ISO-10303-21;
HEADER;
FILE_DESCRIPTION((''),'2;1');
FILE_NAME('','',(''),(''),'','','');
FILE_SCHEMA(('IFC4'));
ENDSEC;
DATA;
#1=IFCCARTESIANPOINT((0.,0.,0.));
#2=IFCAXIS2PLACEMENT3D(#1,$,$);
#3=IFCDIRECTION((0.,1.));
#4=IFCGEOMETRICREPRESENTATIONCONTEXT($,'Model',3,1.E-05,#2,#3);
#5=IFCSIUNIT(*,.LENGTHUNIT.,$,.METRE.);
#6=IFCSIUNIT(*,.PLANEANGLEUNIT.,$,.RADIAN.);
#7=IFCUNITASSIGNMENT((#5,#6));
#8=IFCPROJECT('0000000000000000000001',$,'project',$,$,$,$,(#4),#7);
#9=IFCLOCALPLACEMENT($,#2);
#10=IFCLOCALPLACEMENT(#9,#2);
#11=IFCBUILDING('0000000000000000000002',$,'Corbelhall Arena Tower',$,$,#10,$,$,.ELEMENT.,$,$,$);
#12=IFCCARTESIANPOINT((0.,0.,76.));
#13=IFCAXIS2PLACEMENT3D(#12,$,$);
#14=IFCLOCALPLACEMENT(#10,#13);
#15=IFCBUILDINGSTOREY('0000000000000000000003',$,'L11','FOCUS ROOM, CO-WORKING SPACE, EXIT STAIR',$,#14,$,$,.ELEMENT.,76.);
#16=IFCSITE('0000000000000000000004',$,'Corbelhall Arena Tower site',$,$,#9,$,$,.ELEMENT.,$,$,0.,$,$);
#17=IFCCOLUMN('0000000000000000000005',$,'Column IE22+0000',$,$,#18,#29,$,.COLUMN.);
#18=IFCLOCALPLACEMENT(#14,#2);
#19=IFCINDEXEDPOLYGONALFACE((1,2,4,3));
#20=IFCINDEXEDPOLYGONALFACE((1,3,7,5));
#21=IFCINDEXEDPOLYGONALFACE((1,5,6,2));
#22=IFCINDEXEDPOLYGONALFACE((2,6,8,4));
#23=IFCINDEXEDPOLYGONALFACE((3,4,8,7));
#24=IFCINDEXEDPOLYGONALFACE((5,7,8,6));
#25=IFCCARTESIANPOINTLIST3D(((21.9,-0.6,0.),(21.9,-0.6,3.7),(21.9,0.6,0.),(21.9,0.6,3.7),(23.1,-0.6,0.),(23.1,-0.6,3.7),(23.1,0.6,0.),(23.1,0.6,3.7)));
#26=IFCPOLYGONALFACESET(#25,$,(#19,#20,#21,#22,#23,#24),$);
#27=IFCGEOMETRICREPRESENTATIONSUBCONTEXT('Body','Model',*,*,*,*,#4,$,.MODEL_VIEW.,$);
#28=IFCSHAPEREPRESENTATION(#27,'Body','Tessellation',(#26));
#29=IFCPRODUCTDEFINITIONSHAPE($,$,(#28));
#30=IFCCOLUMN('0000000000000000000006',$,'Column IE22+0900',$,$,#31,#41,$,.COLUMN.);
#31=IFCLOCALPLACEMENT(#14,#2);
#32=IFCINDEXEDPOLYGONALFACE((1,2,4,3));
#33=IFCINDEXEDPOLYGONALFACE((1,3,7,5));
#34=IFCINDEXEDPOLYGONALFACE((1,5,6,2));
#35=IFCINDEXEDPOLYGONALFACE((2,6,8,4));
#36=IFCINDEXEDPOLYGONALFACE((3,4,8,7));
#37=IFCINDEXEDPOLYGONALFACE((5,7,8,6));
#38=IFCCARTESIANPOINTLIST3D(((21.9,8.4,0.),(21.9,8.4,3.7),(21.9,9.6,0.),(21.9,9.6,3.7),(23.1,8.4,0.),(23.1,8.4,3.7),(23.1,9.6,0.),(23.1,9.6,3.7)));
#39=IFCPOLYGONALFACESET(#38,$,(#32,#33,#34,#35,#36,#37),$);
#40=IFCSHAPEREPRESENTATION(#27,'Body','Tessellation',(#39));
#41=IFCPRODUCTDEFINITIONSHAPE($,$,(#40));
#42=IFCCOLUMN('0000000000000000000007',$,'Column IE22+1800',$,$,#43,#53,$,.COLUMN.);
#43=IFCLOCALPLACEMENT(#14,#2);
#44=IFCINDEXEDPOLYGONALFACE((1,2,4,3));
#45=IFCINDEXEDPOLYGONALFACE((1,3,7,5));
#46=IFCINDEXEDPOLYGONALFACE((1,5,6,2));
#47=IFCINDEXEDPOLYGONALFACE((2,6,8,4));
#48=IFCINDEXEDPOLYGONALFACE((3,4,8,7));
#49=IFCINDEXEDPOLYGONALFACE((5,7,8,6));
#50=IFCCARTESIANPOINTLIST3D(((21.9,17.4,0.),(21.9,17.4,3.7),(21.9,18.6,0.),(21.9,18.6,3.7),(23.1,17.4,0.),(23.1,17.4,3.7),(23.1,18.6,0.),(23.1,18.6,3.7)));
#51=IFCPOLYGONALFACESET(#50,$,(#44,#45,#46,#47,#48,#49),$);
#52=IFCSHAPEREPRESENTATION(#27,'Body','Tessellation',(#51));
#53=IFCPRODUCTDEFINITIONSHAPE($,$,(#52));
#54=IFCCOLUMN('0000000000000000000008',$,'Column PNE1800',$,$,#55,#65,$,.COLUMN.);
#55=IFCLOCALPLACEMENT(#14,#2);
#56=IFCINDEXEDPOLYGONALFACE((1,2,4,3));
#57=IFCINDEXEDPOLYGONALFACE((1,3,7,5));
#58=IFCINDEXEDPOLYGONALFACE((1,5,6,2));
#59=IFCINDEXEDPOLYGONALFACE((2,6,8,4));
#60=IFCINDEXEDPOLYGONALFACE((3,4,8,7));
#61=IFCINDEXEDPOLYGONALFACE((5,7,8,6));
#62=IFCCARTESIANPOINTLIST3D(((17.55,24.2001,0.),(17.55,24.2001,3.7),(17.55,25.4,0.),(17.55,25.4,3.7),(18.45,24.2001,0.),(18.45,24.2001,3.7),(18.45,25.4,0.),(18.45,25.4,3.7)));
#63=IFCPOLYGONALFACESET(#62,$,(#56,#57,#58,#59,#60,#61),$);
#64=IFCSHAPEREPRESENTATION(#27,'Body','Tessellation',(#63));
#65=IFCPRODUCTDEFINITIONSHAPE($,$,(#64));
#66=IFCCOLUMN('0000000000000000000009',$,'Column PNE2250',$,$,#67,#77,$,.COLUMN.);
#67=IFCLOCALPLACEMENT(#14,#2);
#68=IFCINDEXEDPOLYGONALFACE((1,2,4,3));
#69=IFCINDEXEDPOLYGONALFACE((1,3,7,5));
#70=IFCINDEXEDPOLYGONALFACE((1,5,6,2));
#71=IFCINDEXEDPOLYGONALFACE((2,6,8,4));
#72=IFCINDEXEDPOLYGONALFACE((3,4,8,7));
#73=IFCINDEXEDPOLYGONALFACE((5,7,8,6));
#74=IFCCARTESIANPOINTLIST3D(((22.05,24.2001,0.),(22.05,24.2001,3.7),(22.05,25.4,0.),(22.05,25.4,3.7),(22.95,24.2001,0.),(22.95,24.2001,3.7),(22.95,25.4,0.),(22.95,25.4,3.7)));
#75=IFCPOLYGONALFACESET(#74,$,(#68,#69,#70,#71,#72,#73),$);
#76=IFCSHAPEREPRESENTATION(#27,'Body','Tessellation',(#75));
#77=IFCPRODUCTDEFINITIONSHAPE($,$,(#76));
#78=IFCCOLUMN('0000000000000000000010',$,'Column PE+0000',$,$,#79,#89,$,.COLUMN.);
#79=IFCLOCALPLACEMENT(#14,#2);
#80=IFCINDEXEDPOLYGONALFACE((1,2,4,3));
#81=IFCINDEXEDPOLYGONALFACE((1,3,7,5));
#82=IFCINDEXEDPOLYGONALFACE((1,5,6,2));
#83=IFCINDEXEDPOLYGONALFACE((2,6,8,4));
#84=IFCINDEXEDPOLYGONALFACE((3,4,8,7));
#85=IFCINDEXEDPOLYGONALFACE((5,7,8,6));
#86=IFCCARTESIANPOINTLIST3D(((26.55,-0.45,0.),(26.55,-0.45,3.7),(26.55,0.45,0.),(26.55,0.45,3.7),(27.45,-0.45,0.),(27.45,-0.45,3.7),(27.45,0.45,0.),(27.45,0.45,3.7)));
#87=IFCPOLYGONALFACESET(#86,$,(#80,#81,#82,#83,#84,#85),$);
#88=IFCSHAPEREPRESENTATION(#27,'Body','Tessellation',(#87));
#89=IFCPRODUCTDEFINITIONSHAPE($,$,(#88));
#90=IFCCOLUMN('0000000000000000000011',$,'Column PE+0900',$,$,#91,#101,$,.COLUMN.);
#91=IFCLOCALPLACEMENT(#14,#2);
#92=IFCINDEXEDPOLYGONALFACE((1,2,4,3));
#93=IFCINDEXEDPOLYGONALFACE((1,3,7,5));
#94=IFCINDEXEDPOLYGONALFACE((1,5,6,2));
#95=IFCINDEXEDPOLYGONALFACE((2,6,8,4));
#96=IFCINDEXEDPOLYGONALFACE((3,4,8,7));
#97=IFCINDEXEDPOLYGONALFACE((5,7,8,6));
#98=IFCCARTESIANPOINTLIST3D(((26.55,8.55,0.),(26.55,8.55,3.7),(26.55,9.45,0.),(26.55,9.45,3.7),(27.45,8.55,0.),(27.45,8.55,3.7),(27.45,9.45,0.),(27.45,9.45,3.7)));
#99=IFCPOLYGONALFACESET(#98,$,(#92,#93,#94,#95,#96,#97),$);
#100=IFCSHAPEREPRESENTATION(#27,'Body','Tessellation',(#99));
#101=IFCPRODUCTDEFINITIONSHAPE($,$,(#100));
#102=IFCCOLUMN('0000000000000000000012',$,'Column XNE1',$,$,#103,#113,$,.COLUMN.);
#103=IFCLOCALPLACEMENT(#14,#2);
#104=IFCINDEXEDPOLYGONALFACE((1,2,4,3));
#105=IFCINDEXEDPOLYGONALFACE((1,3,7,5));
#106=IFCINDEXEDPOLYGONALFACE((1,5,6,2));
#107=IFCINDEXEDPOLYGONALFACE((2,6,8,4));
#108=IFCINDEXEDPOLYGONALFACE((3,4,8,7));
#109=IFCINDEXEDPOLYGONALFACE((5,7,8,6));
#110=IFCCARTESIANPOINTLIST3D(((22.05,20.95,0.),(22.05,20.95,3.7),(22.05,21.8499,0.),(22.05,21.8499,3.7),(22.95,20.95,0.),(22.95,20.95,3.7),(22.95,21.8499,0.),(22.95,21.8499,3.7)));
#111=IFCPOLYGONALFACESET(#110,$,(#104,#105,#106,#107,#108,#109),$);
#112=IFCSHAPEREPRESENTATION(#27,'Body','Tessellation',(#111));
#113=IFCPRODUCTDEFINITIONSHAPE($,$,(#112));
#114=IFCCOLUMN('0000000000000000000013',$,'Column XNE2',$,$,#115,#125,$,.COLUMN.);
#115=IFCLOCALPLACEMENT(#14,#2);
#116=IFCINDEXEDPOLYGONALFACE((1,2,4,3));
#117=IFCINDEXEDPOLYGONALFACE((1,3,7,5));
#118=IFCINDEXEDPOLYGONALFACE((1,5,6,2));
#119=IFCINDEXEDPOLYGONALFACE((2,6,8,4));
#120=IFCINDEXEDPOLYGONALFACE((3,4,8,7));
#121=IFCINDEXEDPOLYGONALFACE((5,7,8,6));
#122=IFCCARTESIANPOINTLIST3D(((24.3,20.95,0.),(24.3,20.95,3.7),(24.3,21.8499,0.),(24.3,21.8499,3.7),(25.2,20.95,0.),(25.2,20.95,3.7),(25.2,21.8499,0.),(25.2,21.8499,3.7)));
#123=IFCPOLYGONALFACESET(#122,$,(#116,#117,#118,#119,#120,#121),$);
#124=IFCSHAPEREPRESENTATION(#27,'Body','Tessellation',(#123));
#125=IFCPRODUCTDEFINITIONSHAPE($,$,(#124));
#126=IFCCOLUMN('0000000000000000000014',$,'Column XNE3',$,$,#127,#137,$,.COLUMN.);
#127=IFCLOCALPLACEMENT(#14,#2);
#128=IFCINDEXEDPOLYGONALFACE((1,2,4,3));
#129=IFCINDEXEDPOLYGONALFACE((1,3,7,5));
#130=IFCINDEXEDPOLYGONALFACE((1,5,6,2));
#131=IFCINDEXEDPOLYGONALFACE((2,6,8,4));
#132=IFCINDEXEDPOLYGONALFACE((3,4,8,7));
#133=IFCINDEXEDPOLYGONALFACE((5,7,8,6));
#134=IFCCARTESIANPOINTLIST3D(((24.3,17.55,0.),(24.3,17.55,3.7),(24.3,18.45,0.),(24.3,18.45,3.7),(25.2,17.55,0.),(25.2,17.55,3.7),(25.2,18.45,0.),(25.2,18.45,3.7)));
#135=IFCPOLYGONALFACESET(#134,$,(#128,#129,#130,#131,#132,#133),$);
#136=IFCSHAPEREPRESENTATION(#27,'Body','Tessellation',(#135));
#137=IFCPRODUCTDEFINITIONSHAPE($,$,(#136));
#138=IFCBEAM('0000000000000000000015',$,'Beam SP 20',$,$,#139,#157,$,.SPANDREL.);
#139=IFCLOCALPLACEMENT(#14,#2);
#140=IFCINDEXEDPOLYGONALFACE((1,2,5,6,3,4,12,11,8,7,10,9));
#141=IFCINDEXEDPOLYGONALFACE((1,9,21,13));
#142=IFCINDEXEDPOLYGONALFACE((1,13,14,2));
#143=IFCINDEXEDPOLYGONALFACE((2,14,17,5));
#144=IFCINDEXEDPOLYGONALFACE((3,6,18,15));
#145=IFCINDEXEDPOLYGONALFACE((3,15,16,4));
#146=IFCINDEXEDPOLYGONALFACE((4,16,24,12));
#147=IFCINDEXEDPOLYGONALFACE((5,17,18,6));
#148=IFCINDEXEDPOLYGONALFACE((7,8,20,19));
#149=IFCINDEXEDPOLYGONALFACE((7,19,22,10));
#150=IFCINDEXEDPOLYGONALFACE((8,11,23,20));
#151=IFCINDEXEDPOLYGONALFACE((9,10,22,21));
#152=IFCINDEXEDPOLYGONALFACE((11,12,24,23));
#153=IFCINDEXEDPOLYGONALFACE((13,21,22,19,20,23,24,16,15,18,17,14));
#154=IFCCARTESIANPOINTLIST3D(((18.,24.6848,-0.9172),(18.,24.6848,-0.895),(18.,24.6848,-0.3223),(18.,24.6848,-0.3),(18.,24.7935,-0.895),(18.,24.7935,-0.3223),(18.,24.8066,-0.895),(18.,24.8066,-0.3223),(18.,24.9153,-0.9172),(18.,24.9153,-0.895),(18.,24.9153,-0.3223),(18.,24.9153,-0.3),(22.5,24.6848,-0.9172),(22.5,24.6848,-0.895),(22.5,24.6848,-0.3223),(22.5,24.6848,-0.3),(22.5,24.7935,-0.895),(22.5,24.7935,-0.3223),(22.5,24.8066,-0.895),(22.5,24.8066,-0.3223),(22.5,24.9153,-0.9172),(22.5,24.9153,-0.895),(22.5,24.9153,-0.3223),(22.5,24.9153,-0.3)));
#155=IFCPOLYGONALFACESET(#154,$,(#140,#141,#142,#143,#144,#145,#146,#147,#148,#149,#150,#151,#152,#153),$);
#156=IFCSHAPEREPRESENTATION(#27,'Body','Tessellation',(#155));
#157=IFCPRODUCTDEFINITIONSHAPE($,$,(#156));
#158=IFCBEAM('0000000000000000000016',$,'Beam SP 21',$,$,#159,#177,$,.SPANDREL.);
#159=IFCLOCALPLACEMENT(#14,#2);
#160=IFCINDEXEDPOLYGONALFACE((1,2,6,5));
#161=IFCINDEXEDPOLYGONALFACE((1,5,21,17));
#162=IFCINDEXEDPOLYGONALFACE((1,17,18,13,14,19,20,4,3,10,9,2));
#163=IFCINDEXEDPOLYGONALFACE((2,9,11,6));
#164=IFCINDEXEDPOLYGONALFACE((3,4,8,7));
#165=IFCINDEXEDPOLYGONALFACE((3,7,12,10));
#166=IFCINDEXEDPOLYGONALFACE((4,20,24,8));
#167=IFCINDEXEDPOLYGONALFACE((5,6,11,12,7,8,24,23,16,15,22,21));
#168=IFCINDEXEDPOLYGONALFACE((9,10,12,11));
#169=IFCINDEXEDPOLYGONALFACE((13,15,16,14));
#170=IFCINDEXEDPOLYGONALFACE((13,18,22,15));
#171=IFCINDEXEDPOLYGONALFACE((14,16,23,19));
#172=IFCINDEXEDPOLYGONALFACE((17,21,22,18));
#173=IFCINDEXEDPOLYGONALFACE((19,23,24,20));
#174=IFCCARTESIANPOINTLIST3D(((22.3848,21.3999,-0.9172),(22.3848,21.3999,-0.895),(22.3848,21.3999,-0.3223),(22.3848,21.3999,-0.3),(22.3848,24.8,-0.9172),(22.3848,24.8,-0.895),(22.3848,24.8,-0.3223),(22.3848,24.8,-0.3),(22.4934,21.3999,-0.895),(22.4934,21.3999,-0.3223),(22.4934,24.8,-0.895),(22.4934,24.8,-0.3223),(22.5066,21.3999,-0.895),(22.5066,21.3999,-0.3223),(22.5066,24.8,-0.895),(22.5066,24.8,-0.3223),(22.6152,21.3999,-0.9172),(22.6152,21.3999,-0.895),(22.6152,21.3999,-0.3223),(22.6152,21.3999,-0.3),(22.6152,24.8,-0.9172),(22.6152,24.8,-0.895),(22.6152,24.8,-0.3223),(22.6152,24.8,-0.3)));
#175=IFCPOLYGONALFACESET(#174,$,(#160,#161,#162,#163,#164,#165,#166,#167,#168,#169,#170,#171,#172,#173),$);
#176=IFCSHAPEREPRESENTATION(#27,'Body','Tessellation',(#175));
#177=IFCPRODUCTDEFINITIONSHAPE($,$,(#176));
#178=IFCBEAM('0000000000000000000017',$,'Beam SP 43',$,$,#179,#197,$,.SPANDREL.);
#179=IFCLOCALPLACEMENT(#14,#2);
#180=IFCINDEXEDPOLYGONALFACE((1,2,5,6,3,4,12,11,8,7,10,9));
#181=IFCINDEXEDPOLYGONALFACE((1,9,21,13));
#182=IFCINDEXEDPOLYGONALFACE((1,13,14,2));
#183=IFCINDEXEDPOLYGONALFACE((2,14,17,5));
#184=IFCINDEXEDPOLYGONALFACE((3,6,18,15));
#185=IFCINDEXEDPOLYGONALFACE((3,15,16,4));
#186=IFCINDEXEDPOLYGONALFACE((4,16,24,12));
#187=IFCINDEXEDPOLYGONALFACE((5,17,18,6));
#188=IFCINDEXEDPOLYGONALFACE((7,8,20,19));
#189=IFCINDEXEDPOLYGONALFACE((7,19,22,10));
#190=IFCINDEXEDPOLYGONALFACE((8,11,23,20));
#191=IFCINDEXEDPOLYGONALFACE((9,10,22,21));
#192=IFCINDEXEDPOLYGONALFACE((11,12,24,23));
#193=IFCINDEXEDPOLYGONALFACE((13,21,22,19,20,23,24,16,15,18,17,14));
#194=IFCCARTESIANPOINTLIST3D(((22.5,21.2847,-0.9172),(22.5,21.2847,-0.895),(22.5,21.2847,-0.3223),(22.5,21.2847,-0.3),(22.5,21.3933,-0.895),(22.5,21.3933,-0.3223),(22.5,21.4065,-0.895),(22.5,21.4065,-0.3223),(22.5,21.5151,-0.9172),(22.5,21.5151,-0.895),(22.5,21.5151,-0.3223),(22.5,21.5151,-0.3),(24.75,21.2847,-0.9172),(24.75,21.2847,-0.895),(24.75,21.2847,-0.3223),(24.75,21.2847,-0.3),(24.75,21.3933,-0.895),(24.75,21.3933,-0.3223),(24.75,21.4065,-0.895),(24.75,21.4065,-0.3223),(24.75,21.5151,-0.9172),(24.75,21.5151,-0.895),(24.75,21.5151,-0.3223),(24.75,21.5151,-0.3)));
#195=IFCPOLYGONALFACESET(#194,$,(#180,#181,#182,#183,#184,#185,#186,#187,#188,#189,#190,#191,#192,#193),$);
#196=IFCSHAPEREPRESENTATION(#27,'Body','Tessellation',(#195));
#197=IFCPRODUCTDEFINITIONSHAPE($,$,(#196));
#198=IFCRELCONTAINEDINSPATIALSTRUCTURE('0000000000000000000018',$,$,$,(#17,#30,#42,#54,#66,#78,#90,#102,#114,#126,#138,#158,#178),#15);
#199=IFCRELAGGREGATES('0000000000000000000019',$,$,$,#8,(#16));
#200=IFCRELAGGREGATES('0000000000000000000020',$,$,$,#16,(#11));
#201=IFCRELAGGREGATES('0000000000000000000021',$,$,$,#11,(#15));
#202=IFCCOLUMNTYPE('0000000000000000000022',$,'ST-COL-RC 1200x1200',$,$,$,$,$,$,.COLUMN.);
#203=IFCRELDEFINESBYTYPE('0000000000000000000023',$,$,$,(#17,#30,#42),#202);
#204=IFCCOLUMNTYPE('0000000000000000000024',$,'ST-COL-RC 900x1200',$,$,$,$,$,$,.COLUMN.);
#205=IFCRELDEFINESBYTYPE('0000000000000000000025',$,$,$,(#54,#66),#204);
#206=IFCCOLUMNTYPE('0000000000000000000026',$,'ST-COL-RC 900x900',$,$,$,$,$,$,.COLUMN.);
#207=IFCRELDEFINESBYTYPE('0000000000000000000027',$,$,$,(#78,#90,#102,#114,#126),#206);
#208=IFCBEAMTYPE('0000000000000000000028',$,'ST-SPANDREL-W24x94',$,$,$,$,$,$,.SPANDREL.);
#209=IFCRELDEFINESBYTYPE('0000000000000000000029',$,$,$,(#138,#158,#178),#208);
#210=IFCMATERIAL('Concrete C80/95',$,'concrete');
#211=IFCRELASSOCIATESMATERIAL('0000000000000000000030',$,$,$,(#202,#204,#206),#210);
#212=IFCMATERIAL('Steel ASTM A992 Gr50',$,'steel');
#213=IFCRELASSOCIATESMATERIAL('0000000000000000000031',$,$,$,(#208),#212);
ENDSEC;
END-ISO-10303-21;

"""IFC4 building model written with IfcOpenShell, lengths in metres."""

from ifc_helpers import new_model, si_unit, direction, frame, origin, origin_2d, place, context, subcontext, project, spatial, rectangle, i_section, extrude, material, material_profile, profile_set, type_object, element, save


model = new_model("IFC4")

# Units and contexts
model_context = context("Model", 3, precision=1e-05, world=origin(), true_north=direction((0.0, 1.0)))
body_context = subcontext(model_context, "Body", "Model", "MODEL_VIEW")
ifc_project = project(units=[si_unit("LENGTHUNIT", "METRE"), si_unit("PLANEANGLEUNIT", "RADIAN")], contexts=[model_context])

# Site, building, storey
site_placement = place(None, origin())
site = spatial("IfcSite", under=ifc_project, at=site_placement, Name="Corbelhall Arena Tower site", CompositionType="ELEMENT", RefElevation=0.0)
building_placement = place(site_placement, origin())
building = spatial("IfcBuilding", under=site, at=building_placement, Name="Corbelhall Arena Tower", CompositionType="ELEMENT")
storey_placement = place(building_placement, frame((0.0, 0.0, 76.0)))
storey = spatial("IfcBuildingStorey", under=building, at=storey_placement, Name="L11", Description="FOCUS ROOM, CO-WORKING SPACE, EXIT STAIR", CompositionType="ELEMENT", Elevation=76.0)

# Columns
ifc_material_1 = material(Name="Concrete C80/95", Category="concrete")
ifc_material_profile_1 = material_profile(ifc_material_1, rectangle(XDim=1.2, YDim=1.2, at=origin_2d()))
ifc_profile_set_1 = profile_set([ifc_material_profile_1], Name="Concrete C80/95")
column_type_1 = type_object("IfcColumnType", Name="ST-COL-RC 1200x1200", PredefinedType="COLUMN", material=ifc_profile_set_1)
for number, where, z_axis, x_axis, name in (
    (1, (22.5, 0.0, 0.0), (0.0, 0.0, 1.0), (1.0, 0.0, 0.0), "Column IE22+0000"),
    (2, (22.5, 9.0, 0.0), (0.0, 0.0, 1.0), (1.0, 0.0, 0.0), "Column IE22+0900"),
    (3, (22.5, 18.0, 0.0), (0.0, 0.0, 1.0), (1.0, 0.0, 0.0), "Column IE22+1800"),
):
    element("IfcColumn", number, at=place(storey_placement, frame(where, z_axis=z_axis, x_axis=x_axis)), inside=storey, type_object=column_type_1, Name=name, PredefinedType="COLUMN", context=body_context, shape_type="SweptSolid", body=[
        extrude(rectangle(XDim=1.2, YDim=1.2, at=origin_2d()), origin(), (0.0, 0.0, 1.0), 3.7),
    ])
ifc_material_profile_2 = material_profile(ifc_material_1, rectangle(XDim=0.8999, YDim=1.2, at=origin_2d()))
ifc_profile_set_2 = profile_set([ifc_material_profile_2], Name="Concrete C80/95")
column_type_2 = type_object("IfcColumnType", Name="ST-COL-RC 900x1200", PredefinedType="COLUMN", material=ifc_profile_set_2)
for number, where, z_axis, x_axis, name in (
    (4, (18.0, 24.8, 0.0), (0.0, 0.0, 1.0), (1.0, 0.0, 0.0), "Column PNE1800"),
    (5, (22.5, 24.8, 0.0), (0.0, 0.0, 1.0), (1.0, 0.0, 0.0), "Column PNE2250"),
):
    element("IfcColumn", number, at=place(storey_placement, frame(where, z_axis=z_axis, x_axis=x_axis)), inside=storey, type_object=column_type_2, Name=name, PredefinedType="COLUMN", context=body_context, shape_type="SweptSolid", body=[
        extrude(rectangle(XDim=0.8999, YDim=1.2, at=origin_2d()), origin(), (0.0, 0.0, 1.0), 3.7),
    ])
ifc_material_profile_3 = material_profile(ifc_material_1, rectangle(XDim=0.8999, YDim=0.8999, at=origin_2d()))
ifc_profile_set_3 = profile_set([ifc_material_profile_3], Name="Concrete C80/95")
column_type_3 = type_object("IfcColumnType", Name="ST-COL-RC 900x900", PredefinedType="COLUMN", material=ifc_profile_set_3)
for number, where, z_axis, x_axis, name in (
    (6, (27.0, 0.0, 0.0), (0.0, 0.0, 1.0), (1.0, 0.0, 0.0), "Column PE+0000"),
    (7, (27.0, 9.0, 0.0), (0.0, 0.0, 1.0), (1.0, 0.0, 0.0), "Column PE+0900"),
    (8, (22.5, 21.3999, 0.0), (0.0, 0.0, 1.0), (1.0, 0.0, 0.0), "Column XNE1"),
    (9, (24.75, 21.3999, 0.0), (0.0, 0.0, 1.0), (1.0, 0.0, 0.0), "Column XNE2"),
    (10, (24.75, 18.0, 0.0), (0.0, 0.0, 1.0), (1.0, 0.0, 0.0), "Column XNE3"),
):
    element("IfcColumn", number, at=place(storey_placement, frame(where, z_axis=z_axis, x_axis=x_axis)), inside=storey, type_object=column_type_3, Name=name, PredefinedType="COLUMN", context=body_context, shape_type="SweptSolid", body=[
        extrude(rectangle(XDim=0.8999, YDim=0.8999, at=origin_2d()), origin(), (0.0, 0.0, 1.0), 3.7),
    ])

# Beams
ifc_material_2 = material(Name="Steel ASTM A992 Gr50", Category="steel")
ifc_material_profile_4 = material_profile(ifc_material_2, i_section(OverallWidth=0.2305, OverallDepth=0.6172, WebThickness=0.0132, FlangeThickness=0.0222, at=origin_2d()))
ifc_profile_set_4 = profile_set([ifc_material_profile_4], Name="Steel ASTM A992 Gr50")
beam_type = type_object("IfcBeamType", Name="ST-SPANDREL-W24x94", PredefinedType="SPANDREL", material=ifc_profile_set_4)
beam_1_placement = place(storey_placement, frame((18.0, 24.8, -0.6086), z_axis=(1.0, 0.0, 0.0), x_axis=(0.0, 1.0, 0.0)))
element("IfcBeam", 11, at=beam_1_placement, inside=storey, type_object=beam_type, Name="Beam SP 20", PredefinedType="SPANDREL", context=body_context, shape_type="SweptSolid", body=[
    extrude(i_section(OverallWidth=0.2305, OverallDepth=0.6172, WebThickness=0.0132, FlangeThickness=0.0222, at=origin_2d()), origin(), (0.0, 0.0, 1.0), 4.5),
])
beam_2_placement = place(storey_placement, frame((22.5, 24.8, -0.6086), z_axis=(0.0, -1.0, 0.0), x_axis=(1.0, 0.0, 0.0)))
element("IfcBeam", 12, at=beam_2_placement, inside=storey, type_object=beam_type, Name="Beam SP 21", PredefinedType="SPANDREL", context=body_context, shape_type="SweptSolid", body=[
    extrude(i_section(OverallWidth=0.2305, OverallDepth=0.6172, WebThickness=0.0132, FlangeThickness=0.0222, at=origin_2d()), origin(), (0.0, 0.0, 1.0), 3.4001),
])
beam_3_placement = place(storey_placement, frame((22.5, 21.3999, -0.6086), z_axis=(1.0, 0.0, 0.0), x_axis=(0.0, 1.0, 0.0)))
element("IfcBeam", 13, at=beam_3_placement, inside=storey, type_object=beam_type, Name="Beam SP 43", PredefinedType="SPANDREL", context=body_context, shape_type="SweptSolid", body=[
    extrude(i_section(OverallWidth=0.2305, OverallDepth=0.6172, WebThickness=0.0132, FlangeThickness=0.0222, at=origin_2d()), origin(), (0.0, 0.0, 1.0), 2.25),
])

save(model, "model.ifc")
